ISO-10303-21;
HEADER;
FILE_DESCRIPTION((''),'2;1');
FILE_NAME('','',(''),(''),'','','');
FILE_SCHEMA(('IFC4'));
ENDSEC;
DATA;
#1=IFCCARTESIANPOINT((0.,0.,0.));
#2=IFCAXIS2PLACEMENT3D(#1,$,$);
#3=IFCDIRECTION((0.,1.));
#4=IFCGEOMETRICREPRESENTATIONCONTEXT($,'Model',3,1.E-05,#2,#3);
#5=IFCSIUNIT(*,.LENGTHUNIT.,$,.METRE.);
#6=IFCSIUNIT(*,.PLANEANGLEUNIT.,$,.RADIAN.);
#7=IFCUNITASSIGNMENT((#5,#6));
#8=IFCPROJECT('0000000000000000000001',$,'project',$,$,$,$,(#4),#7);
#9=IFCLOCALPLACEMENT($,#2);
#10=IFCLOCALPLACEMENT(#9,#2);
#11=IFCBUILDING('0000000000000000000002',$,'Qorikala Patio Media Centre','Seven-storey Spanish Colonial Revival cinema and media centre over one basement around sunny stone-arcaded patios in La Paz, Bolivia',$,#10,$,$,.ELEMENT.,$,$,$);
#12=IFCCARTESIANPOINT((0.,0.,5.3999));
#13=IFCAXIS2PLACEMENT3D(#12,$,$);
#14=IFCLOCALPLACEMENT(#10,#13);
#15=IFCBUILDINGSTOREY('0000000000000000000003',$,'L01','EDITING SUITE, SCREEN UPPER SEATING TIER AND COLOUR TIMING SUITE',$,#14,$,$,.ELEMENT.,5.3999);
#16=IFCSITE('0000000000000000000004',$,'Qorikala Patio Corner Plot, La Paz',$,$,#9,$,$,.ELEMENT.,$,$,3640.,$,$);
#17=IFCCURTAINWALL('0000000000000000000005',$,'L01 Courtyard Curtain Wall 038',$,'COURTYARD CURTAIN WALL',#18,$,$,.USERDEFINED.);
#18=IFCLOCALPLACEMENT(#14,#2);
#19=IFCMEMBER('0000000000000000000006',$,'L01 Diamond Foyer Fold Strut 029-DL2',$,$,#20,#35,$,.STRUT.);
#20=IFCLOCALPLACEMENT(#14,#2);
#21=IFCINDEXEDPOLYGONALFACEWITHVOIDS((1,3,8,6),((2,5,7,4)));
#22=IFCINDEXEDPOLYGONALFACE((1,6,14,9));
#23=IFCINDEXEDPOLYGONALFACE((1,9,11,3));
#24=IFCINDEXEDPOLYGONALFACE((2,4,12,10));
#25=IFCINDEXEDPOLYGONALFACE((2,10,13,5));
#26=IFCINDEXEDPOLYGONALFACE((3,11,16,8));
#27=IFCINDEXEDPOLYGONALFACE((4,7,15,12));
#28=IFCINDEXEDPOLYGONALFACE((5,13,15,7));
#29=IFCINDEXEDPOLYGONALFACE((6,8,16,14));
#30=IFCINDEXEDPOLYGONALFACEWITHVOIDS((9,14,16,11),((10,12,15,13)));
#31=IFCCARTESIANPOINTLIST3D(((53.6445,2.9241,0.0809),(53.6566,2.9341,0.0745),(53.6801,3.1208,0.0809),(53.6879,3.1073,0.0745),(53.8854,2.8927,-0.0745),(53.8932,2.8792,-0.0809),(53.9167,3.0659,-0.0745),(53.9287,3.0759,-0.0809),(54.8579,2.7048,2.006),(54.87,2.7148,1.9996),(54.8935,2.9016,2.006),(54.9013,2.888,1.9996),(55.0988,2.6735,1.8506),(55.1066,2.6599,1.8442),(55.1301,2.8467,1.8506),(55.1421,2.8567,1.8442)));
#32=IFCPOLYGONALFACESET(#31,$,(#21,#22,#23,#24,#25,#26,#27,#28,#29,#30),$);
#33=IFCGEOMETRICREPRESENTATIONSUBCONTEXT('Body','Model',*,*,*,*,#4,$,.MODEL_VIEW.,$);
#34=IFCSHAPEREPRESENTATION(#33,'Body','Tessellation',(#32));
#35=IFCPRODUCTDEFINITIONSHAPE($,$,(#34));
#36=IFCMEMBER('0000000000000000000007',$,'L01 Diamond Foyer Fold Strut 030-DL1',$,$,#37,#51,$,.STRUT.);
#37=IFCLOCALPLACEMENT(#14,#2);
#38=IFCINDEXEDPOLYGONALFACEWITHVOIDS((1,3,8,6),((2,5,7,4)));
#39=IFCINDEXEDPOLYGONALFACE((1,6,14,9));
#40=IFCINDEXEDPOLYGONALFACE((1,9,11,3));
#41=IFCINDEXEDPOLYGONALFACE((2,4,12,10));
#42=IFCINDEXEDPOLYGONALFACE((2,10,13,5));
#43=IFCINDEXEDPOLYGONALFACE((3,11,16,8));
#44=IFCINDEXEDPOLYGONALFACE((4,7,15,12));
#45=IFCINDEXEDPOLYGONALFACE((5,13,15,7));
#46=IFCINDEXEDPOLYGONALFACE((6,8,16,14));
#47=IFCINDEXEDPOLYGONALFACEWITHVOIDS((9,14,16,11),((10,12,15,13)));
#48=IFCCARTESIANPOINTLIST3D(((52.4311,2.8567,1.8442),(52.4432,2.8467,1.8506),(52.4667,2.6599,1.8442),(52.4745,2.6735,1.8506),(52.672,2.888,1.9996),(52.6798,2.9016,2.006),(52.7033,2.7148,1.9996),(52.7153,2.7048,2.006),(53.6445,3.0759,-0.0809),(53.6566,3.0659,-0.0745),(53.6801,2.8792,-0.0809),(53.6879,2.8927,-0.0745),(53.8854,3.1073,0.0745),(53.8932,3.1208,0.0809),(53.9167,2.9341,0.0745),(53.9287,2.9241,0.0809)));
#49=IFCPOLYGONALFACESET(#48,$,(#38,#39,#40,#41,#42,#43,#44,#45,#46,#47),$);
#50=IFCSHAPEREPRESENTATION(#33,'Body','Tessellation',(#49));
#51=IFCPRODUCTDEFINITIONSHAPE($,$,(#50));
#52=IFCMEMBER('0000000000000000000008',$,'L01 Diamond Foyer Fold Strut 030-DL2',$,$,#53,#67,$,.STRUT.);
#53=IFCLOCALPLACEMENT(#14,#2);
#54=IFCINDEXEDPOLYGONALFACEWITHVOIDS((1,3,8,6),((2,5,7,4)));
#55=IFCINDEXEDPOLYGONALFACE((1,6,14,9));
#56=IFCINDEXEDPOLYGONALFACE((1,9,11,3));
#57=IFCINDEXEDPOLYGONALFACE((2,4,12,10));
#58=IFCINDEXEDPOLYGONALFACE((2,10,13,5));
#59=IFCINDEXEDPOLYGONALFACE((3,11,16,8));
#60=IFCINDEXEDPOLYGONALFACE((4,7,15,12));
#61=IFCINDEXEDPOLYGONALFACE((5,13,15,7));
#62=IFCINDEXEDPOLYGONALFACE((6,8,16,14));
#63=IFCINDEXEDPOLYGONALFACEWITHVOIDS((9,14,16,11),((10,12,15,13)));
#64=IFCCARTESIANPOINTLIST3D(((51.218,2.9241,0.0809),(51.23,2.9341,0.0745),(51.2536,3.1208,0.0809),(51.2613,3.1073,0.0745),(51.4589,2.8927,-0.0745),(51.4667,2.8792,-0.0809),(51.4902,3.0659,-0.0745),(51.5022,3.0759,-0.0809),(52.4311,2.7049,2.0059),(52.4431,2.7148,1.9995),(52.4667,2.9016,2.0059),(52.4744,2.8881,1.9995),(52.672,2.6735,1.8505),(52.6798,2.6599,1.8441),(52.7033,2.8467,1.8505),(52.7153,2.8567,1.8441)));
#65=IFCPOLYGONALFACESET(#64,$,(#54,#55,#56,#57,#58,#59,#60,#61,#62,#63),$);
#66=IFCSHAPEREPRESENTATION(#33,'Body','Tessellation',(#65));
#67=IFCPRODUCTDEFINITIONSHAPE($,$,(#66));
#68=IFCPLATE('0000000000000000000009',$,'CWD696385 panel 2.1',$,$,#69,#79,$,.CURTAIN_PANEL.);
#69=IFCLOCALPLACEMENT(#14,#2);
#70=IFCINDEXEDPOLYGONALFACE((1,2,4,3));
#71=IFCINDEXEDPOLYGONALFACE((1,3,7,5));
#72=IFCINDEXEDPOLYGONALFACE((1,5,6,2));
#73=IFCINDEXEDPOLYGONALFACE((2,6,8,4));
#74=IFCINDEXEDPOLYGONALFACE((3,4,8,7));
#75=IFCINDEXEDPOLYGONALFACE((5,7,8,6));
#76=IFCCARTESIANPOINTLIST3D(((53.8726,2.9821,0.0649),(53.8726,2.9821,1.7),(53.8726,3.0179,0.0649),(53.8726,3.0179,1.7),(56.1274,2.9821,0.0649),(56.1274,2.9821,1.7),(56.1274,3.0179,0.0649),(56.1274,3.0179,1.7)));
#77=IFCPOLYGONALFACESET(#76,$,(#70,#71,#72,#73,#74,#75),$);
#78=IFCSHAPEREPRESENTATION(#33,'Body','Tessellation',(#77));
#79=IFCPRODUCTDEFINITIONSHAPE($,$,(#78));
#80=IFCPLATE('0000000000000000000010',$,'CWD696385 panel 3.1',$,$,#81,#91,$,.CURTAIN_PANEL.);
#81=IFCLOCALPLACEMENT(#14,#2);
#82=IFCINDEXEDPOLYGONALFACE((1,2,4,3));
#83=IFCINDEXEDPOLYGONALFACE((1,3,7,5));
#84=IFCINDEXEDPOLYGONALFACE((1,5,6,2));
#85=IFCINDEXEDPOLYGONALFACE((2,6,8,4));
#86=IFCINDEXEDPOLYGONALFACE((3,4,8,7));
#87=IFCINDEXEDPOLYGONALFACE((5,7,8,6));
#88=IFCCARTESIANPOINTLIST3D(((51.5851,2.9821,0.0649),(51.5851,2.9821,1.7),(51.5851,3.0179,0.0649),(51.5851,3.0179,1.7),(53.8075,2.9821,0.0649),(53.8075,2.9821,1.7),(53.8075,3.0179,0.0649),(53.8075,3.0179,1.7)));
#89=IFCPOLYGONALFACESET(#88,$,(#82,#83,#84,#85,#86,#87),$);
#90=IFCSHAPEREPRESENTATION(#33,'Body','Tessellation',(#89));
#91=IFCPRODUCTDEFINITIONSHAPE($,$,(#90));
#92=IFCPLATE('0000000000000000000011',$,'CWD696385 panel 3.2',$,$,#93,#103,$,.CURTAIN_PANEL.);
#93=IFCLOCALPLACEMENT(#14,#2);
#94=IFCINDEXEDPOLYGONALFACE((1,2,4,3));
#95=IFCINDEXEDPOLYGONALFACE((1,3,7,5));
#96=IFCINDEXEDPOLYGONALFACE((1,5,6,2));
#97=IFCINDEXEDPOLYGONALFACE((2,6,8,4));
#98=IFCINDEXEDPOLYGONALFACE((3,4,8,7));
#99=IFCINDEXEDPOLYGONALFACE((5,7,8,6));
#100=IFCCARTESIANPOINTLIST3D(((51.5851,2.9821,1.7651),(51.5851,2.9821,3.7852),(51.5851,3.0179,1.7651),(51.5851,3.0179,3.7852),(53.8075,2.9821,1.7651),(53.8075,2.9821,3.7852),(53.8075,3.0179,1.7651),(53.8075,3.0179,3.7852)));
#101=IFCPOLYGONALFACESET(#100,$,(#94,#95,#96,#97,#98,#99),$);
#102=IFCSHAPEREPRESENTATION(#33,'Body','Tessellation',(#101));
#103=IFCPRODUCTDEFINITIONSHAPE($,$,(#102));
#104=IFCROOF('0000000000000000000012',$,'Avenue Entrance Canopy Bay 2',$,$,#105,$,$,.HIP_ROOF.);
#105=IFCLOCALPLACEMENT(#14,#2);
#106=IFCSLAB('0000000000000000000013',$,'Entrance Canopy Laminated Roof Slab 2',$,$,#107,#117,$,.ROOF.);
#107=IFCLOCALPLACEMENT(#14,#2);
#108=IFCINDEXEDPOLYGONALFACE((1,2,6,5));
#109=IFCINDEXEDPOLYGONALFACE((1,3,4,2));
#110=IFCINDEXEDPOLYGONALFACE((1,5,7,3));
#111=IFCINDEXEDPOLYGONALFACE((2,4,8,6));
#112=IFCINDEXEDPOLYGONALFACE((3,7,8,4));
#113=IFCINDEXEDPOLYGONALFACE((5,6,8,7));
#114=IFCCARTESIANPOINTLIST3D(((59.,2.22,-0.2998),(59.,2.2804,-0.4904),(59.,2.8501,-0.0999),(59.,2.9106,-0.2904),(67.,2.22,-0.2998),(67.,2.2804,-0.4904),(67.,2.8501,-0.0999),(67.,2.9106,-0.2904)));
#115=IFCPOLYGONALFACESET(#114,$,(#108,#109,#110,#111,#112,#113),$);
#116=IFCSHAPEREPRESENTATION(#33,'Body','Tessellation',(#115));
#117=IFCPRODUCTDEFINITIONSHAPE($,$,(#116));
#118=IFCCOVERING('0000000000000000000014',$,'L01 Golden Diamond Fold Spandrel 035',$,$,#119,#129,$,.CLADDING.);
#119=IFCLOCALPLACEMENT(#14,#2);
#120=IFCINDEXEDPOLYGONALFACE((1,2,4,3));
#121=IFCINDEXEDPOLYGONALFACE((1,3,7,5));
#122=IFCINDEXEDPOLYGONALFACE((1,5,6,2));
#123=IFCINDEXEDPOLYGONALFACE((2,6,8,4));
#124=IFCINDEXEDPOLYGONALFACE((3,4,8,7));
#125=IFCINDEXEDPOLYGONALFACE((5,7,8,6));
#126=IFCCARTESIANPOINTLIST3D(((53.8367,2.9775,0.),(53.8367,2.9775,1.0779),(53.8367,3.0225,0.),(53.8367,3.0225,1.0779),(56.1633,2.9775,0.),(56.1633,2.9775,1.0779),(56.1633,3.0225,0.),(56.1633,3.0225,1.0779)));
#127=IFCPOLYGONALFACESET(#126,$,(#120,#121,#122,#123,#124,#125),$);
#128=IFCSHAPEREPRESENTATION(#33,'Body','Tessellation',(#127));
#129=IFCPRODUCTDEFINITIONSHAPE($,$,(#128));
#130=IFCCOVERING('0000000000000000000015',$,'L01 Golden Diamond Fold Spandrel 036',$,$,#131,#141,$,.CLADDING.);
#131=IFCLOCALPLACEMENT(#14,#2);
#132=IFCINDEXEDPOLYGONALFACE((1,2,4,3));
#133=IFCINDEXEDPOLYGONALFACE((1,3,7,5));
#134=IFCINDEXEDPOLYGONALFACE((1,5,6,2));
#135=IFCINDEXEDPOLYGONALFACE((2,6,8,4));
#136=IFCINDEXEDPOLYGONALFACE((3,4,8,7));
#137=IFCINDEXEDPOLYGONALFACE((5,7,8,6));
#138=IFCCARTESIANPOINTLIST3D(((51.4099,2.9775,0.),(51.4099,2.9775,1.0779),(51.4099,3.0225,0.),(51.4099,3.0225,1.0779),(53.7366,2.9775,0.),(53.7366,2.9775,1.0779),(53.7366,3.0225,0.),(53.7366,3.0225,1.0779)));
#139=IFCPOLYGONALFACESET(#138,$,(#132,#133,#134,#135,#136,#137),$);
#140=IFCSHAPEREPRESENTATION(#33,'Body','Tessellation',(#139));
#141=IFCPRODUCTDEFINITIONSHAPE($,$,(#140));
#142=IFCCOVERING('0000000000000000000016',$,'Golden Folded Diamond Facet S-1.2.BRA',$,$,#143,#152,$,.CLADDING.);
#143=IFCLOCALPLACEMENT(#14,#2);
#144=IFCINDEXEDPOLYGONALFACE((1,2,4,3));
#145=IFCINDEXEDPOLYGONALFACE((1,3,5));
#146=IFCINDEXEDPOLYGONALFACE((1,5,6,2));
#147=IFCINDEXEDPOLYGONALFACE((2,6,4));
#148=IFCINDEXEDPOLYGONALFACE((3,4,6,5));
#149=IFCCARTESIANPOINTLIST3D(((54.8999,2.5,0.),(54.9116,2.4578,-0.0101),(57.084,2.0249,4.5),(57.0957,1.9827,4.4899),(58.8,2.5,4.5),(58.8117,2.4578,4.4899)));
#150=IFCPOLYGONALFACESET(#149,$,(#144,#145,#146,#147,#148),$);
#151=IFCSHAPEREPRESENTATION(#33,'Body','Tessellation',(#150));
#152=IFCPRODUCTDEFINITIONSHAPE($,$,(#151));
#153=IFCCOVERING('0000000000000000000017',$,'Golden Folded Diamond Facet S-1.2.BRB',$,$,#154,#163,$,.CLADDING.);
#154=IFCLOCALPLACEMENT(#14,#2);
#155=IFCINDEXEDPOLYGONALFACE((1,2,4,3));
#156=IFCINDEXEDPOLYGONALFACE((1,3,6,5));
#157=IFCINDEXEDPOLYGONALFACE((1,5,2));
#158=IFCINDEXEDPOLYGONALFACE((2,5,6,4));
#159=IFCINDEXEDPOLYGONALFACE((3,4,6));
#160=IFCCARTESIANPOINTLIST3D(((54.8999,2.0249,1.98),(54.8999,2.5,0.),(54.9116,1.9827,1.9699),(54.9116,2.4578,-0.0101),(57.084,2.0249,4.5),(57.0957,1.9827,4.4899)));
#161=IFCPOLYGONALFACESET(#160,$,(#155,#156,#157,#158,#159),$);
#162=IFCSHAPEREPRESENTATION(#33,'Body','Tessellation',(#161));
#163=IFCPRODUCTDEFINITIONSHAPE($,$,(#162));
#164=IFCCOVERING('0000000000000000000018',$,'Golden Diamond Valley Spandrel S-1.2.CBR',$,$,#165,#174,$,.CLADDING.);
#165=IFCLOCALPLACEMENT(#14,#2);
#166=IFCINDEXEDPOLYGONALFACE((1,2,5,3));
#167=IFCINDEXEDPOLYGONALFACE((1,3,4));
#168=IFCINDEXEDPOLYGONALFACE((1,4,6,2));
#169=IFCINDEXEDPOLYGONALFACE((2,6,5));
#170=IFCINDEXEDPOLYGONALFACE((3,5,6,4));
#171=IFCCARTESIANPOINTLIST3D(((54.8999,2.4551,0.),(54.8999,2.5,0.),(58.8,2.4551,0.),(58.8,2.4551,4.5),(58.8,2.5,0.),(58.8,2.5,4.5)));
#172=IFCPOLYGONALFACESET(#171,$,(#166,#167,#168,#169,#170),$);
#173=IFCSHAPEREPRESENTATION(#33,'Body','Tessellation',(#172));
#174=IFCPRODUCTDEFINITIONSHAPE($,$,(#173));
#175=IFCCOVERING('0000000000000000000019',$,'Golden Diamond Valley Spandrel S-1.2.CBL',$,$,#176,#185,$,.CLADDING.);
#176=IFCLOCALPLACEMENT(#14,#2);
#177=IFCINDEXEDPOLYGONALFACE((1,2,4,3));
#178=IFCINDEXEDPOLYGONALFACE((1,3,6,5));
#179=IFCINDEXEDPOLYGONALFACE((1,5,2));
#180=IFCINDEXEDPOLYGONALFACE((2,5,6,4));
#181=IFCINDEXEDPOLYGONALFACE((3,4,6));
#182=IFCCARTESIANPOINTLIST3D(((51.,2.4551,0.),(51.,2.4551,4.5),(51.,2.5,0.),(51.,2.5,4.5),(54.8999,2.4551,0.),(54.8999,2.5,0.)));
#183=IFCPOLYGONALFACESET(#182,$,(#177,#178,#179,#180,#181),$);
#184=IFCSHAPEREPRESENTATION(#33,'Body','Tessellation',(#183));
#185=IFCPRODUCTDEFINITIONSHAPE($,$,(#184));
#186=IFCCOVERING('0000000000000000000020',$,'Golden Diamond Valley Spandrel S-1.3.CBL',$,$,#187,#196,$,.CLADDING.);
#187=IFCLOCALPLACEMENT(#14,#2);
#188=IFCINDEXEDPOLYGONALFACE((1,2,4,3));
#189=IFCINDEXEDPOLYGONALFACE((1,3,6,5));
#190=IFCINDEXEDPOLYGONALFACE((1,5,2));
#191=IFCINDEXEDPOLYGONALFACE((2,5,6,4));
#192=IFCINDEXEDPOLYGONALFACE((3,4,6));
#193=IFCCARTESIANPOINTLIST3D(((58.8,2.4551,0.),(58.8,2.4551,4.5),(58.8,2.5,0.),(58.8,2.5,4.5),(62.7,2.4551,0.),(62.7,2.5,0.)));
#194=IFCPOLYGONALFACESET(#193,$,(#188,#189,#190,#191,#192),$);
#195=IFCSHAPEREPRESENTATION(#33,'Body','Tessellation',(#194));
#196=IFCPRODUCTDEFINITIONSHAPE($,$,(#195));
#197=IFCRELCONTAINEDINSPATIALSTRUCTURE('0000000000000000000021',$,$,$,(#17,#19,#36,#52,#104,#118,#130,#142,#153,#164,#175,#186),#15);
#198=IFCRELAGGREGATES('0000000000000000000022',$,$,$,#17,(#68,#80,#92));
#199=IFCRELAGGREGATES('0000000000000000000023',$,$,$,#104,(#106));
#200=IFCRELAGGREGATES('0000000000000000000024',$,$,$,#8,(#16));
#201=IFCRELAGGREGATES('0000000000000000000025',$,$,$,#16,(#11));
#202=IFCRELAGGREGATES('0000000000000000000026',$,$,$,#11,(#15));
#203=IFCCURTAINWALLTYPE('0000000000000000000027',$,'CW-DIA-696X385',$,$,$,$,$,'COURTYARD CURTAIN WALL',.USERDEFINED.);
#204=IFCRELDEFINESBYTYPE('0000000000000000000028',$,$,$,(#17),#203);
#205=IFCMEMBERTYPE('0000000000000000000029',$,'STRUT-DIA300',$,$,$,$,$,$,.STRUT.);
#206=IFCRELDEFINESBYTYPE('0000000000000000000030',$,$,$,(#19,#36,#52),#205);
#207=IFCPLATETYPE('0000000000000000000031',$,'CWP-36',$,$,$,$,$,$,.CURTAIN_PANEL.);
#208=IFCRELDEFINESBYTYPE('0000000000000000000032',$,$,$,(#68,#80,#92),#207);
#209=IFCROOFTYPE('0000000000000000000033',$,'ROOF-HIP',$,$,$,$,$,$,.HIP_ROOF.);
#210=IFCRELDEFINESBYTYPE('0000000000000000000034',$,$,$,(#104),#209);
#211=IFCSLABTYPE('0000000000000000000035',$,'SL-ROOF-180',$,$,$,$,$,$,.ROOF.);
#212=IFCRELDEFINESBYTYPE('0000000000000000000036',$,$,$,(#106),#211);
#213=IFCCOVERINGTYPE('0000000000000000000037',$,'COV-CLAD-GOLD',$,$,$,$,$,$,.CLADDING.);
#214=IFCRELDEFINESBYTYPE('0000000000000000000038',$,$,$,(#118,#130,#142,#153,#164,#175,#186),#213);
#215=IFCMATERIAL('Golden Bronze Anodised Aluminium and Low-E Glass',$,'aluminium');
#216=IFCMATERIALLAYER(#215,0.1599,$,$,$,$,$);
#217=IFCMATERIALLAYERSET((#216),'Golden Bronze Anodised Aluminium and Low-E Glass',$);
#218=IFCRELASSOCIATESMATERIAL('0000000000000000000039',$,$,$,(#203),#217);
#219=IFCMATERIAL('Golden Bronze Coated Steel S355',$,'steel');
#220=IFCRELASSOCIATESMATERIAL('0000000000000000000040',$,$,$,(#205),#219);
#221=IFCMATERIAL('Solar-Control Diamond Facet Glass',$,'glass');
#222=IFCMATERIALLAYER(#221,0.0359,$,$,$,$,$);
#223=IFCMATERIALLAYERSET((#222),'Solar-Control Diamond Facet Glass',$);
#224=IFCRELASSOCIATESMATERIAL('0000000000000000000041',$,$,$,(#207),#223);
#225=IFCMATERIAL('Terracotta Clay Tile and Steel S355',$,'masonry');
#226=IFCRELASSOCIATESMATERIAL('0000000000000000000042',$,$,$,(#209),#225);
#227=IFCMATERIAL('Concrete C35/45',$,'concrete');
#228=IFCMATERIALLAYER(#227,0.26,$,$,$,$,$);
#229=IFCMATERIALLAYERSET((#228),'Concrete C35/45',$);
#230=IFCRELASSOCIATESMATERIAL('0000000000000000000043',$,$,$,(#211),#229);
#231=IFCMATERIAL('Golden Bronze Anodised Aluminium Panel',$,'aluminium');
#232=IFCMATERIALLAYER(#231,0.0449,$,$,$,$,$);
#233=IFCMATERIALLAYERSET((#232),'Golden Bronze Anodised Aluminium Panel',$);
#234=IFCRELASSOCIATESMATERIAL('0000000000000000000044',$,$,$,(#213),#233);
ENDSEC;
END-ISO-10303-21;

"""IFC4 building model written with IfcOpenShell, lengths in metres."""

from ifc_helpers import new_model, si_unit, direction, frame, origin, origin_2d, place, context, subcontext, project, spatial, polyline, rectangle, hollow_rectangle, outline, extrude, material, layer, layer_set, material_profile, profile_set, type_object, element, aggregate, save


model = new_model("IFC4")

# Units and contexts
model_context = context("Model", 3, precision=1e-05, world=origin(), true_north=direction((0.0, 1.0)))
body_context = subcontext(model_context, "Body", "Model", "MODEL_VIEW")
ifc_project = project(units=[si_unit("LENGTHUNIT", "METRE"), si_unit("PLANEANGLEUNIT", "RADIAN")], contexts=[model_context])

# Site, building, storey
site_placement = place(None, origin())
site = spatial("IfcSite", under=ifc_project, at=site_placement, Name="Qorikala Patio Corner Plot, La Paz", CompositionType="ELEMENT", RefElevation=3640.0)
building_placement = place(site_placement, origin())
building = spatial("IfcBuilding", under=site, at=building_placement, Name="Qorikala Patio Media Centre", Description="Seven-storey Spanish Colonial Revival cinema and media centre over one basement around sunny stone-arcaded patios in La Paz, Bolivia", CompositionType="ELEMENT")
storey_placement = place(building_placement, frame((0.0, 0.0, 5.3999)))
storey = spatial("IfcBuildingStorey", under=building, at=storey_placement, Name="L01", Description="EDITING SUITE, SCREEN UPPER SEATING TIER AND COLOUR TIMING SUITE", CompositionType="ELEMENT", Elevation=5.3999)

# Shared definitions
ifc_material_1 = material(Name="Concrete C35/45", Category="concrete")

# Curtain wall
ifc_material_2 = material(Name="Golden Bronze Anodised Aluminium and Low-E Glass", Category="aluminium")
ifc_layer_1 = layer(ifc_material_2, 0.1599)
ifc_layer_set_1 = layer_set([ifc_layer_1], Name="Golden Bronze Anodised Aluminium and Low-E Glass")
curtain_wall_type = type_object("IfcCurtainWallType", Name="CW-DIA-696X385", ElementType="COURTYARD CURTAIN WALL", PredefinedType="USERDEFINED", material=ifc_layer_set_1)
curtain_wall_placement = place(storey_placement, origin())
curtain_wall = element("IfcCurtainWall", 1, at=curtain_wall_placement, inside=storey, type_object=curtain_wall_type, Name="L01 Courtyard Curtain Wall 038", ObjectType="COURTYARD CURTAIN WALL", PredefinedType="USERDEFINED")

# Members
ifc_material_3 = material(Name="Golden Bronze Coated Steel S355", Category="steel")
ifc_material_profile_1 = material_profile(ifc_material_3, hollow_rectangle(XDim=0.2, YDim=0.3, WallThickness=0.012, at=origin_2d()), Name="HSS300X200X12")
ifc_profile_set_1 = profile_set([ifc_material_profile_1], Name="Golden Bronze Coated Steel S355")
member_type_1 = type_object("IfcMemberType", Name="STRUT-DIA300", PredefinedType="STRUT", material=ifc_profile_set_1)
for number, where, z_axis, x_axis, name in (
    (2, (53.7866, 3.0, 0.0), (0.530768, -0.095901, 0.842074), (0.177805, 0.984066, 0.0), "L01 Diamond Foyer Fold Strut 029-DL2"),
    (3, (53.7866, 3.0, 0.0), (-0.530768, -0.095901, 0.842074), (0.177805, -0.984066, 0.0), "L01 Diamond Foyer Fold Strut 030-DL1"),
):
    element("IfcMember", number, at=place(storey_placement, frame(where, z_axis=z_axis, x_axis=x_axis)), inside=storey, type_object=member_type_1, Name=name, PredefinedType="STRUT", context=body_context, shape_type="SweptSolid", body=[
        extrude(hollow_rectangle(XDim=0.2, YDim=0.3, WallThickness=0.012, at=origin_2d()), origin(), (0.0, 0.0, 1.0), 2.2861),
    ])
member_1_placement = place(storey_placement, frame((51.3601, 3.0, 0.0), z_axis=(0.530691, -0.095907, 0.842121), x_axis=(0.17784, 0.984059, 0.0)))
element("IfcMember", 4, at=member_1_placement, inside=storey, type_object=member_type_1, Name="L01 Diamond Foyer Fold Strut 030-DL2", PredefinedType="STRUT", context=body_context, shape_type="SweptSolid", body=[
    extrude(hollow_rectangle(XDim=0.2, YDim=0.3, WallThickness=0.012, at=origin_2d()), origin(), (0.0, 0.0, 1.0), 2.2859),
])

# Plates
ifc_material_4 = material(Name="Solar-Control Diamond Facet Glass", Category="glass")
ifc_layer_2 = layer(ifc_material_4, 0.0359)
ifc_layer_set_2 = layer_set([ifc_layer_2], Name="Solar-Control Diamond Facet Glass")
plate_type = type_object("IfcPlateType", Name="CWP-36", PredefinedType="CURTAIN_PANEL", material=ifc_layer_set_2)
plate_1_placement = place(storey_placement, frame((55.0, 3.0, 0.0649), z_axis=(0.0, 0.0, 1.0), x_axis=(-1.0, 0.0, 0.0)))
plate_1 = element("IfcPlate", 5, at=plate_1_placement, type_object=plate_type, Name="CWD696385 panel 2.1", PredefinedType="CURTAIN_PANEL", context=body_context, shape_type="SweptSolid", body=[
    extrude(rectangle(XDim=2.2549, YDim=0.0359, at=origin_2d()), origin(), (0.0, 0.0, 1.0), 1.635),
])
plate_2_placement = place(storey_placement, frame((52.6963, 3.0, 0.0649), z_axis=(0.0, 0.0, 1.0), x_axis=(-1.0, 0.0, 0.0)))
plate_2 = element("IfcPlate", 6, at=plate_2_placement, type_object=plate_type, Name="CWD696385 panel 3.1", PredefinedType="CURTAIN_PANEL", context=body_context, shape_type="SweptSolid", body=[
    extrude(rectangle(XDim=2.2224, YDim=0.0359, at=origin_2d()), origin(), (0.0, 0.0, 1.0), 1.635),
])
plate_3_placement = place(storey_placement, frame((52.6963, 3.0, 1.7651), z_axis=(0.0, 0.0, 1.0), x_axis=(-1.0, 0.0, 0.0)))
plate_3 = element("IfcPlate", 7, at=plate_3_placement, type_object=plate_type, Name="CWD696385 panel 3.2", PredefinedType="CURTAIN_PANEL", context=body_context, shape_type="SweptSolid", body=[
    extrude(rectangle(XDim=2.2224, YDim=0.0359, at=origin_2d()), origin(), (0.0, 0.0, 1.0), 2.02),
])
aggregate(curtain_wall, [plate_1, plate_2, plate_3])

# Roof, slab
ifc_material_5 = material(Name="Terracotta Clay Tile and Steel S355", Category="masonry")
roof_type = type_object("IfcRoofType", Name="ROOF-HIP", PredefinedType="HIP_ROOF", material=ifc_material_5)
roof_placement = place(storey_placement, origin())
roof = element("IfcRoof", 8, at=roof_placement, inside=storey, type_object=roof_type, Name="Avenue Entrance Canopy Bay 2", PredefinedType="HIP_ROOF")
ifc_layer_3 = layer(ifc_material_1, 0.26)
ifc_layer_set_3 = layer_set([ifc_layer_3], Name="Concrete C35/45")
slab_type = type_object("IfcSlabType", Name="SL-ROOF-180", PredefinedType="ROOF", material=ifc_layer_set_3)
slab_placement = place(storey_placement, frame((59.0, 2.22, -0.2998), z_axis=(0.0, -0.302457, 0.953163), x_axis=(1.0, 0.0, 0.0)))
slab = element("IfcSlab", 9, at=slab_placement, type_object=slab_type, Name="Entrance Canopy Laminated Roof Slab 2", PredefinedType="ROOF", context=body_context, shape_type="SweptSolid", body=[
    extrude(outline(polyline([(0.0, 0.0), (8.0, 0.0), (8.0, 0.6611), (0.0, 0.6611), (0.0, 0.0)])), origin(), (0.0, 0.0, -1.0), 0.2),
])
aggregate(roof, [slab])

# Coverings
ifc_material_6 = material(Name="Golden Bronze Anodised Aluminium Panel", Category="aluminium")
ifc_layer_4 = layer(ifc_material_6, 0.0449)
ifc_layer_set_4 = layer_set([ifc_layer_4], Name="Golden Bronze Anodised Aluminium Panel")
covering_type = type_object("IfcCoveringType", Name="COV-CLAD-GOLD", PredefinedType="CLADDING", material=ifc_layer_set_4)
for number, where, z_axis, x_axis, name in (
    (10, (55.0, 3.0, 0.0), (0.0, 0.0, 1.0), (-1.0, 0.0, 0.0), "L01 Golden Diamond Fold Spandrel 035"),
    (11, (52.5732, 3.0, 0.0), (0.0, 0.0, 1.0), (-1.0, 0.0, 0.0), "L01 Golden Diamond Fold Spandrel 036"),
):
    element("IfcCovering", number, at=place(storey_placement, frame(where, z_axis=z_axis, x_axis=x_axis)), inside=storey, type_object=covering_type, Name=name, PredefinedType="CLADDING", context=body_context, shape_type="SweptSolid", body=[
        extrude(rectangle(XDim=2.3267, YDim=0.0449, at=origin_2d()), origin(), (0.0, 0.0, 1.0), 1.0779),
    ])
covering_1_placement = place(storey_placement, frame((54.8999, 2.5, 0.0), z_axis=(-0.259956, 0.938968, 0.225304), x_axis=(0.654945, 0.0, 0.755677)))
element("IfcCovering", 12, at=covering_1_placement, inside=storey, type_object=covering_type, Name="Golden Folded Diamond Facet S-1.2.BRA", PredefinedType="CLADDING", context=body_context, shape_type="SweptSolid", body=[
    extrude(outline(polyline([(0.0, 0.0), (5.9549, 0.0), (4.831, -1.3811), (0.0, 0.0)])), origin(), (0.0, 0.0, -1.0), 0.0449),
])
covering_2_placement = place(storey_placement, frame((54.8999, 2.5, 0.0), z_axis=(-0.25996, 0.938966, 0.225306), x_axis=(0.434684, -0.094556, 0.895606)))
element("IfcCovering", 13, at=covering_2_placement, inside=storey, type_object=covering_type, Name="Golden Folded Diamond Facet S-1.2.BRB", PredefinedType="CLADDING", context=body_context, shape_type="SweptSolid", body=[
    extrude(outline(polyline([(0.0, 0.0), (5.0245, 0.0), (1.8182, -0.9166), (0.0, 0.0)])), origin(), (0.0, 0.0, -1.0), 0.0449),
])
covering_3_placement = place(storey_placement, frame((58.8, 2.5, 0.0), z_axis=(0.0, 1.0, 0.0), x_axis=(-1.0, 0.0, 0.0)))
element("IfcCovering", 14, at=covering_3_placement, inside=storey, type_object=covering_type, Name="Golden Diamond Valley Spandrel S-1.2.CBR", PredefinedType="CLADDING", context=body_context, shape_type="SweptSolid", body=[
    extrude(outline(polyline([(0.0, 0.0), (3.9001, 0.0), (0.0, 4.5), (0.0, 0.0)])), origin(), (0.0, 0.0, -1.0), 0.0449),
])
for number, where, z_axis, x_axis, name in (
    (15, (51.0, 2.5, 0.0), (0.0, 1.0, 0.0), (0.0, 0.0, 1.0), "Golden Diamond Valley Spandrel S-1.2.CBL"),
    (16, (58.8, 2.5, 0.0), (0.0, 1.0, 0.0), (0.0, 0.0, 1.0), "Golden Diamond Valley Spandrel S-1.3.CBL"),
):
    element("IfcCovering", number, at=place(storey_placement, frame(where, z_axis=z_axis, x_axis=x_axis)), inside=storey, type_object=covering_type, Name=name, PredefinedType="CLADDING", context=body_context, shape_type="SweptSolid", body=[
        extrude(outline(polyline([(0.0, 0.0), (4.5, 0.0), (0.0, 3.8999), (0.0, 0.0)])), origin(), (0.0, 0.0, -1.0), 0.0449),
    ])

save(model, "model.ifc")
